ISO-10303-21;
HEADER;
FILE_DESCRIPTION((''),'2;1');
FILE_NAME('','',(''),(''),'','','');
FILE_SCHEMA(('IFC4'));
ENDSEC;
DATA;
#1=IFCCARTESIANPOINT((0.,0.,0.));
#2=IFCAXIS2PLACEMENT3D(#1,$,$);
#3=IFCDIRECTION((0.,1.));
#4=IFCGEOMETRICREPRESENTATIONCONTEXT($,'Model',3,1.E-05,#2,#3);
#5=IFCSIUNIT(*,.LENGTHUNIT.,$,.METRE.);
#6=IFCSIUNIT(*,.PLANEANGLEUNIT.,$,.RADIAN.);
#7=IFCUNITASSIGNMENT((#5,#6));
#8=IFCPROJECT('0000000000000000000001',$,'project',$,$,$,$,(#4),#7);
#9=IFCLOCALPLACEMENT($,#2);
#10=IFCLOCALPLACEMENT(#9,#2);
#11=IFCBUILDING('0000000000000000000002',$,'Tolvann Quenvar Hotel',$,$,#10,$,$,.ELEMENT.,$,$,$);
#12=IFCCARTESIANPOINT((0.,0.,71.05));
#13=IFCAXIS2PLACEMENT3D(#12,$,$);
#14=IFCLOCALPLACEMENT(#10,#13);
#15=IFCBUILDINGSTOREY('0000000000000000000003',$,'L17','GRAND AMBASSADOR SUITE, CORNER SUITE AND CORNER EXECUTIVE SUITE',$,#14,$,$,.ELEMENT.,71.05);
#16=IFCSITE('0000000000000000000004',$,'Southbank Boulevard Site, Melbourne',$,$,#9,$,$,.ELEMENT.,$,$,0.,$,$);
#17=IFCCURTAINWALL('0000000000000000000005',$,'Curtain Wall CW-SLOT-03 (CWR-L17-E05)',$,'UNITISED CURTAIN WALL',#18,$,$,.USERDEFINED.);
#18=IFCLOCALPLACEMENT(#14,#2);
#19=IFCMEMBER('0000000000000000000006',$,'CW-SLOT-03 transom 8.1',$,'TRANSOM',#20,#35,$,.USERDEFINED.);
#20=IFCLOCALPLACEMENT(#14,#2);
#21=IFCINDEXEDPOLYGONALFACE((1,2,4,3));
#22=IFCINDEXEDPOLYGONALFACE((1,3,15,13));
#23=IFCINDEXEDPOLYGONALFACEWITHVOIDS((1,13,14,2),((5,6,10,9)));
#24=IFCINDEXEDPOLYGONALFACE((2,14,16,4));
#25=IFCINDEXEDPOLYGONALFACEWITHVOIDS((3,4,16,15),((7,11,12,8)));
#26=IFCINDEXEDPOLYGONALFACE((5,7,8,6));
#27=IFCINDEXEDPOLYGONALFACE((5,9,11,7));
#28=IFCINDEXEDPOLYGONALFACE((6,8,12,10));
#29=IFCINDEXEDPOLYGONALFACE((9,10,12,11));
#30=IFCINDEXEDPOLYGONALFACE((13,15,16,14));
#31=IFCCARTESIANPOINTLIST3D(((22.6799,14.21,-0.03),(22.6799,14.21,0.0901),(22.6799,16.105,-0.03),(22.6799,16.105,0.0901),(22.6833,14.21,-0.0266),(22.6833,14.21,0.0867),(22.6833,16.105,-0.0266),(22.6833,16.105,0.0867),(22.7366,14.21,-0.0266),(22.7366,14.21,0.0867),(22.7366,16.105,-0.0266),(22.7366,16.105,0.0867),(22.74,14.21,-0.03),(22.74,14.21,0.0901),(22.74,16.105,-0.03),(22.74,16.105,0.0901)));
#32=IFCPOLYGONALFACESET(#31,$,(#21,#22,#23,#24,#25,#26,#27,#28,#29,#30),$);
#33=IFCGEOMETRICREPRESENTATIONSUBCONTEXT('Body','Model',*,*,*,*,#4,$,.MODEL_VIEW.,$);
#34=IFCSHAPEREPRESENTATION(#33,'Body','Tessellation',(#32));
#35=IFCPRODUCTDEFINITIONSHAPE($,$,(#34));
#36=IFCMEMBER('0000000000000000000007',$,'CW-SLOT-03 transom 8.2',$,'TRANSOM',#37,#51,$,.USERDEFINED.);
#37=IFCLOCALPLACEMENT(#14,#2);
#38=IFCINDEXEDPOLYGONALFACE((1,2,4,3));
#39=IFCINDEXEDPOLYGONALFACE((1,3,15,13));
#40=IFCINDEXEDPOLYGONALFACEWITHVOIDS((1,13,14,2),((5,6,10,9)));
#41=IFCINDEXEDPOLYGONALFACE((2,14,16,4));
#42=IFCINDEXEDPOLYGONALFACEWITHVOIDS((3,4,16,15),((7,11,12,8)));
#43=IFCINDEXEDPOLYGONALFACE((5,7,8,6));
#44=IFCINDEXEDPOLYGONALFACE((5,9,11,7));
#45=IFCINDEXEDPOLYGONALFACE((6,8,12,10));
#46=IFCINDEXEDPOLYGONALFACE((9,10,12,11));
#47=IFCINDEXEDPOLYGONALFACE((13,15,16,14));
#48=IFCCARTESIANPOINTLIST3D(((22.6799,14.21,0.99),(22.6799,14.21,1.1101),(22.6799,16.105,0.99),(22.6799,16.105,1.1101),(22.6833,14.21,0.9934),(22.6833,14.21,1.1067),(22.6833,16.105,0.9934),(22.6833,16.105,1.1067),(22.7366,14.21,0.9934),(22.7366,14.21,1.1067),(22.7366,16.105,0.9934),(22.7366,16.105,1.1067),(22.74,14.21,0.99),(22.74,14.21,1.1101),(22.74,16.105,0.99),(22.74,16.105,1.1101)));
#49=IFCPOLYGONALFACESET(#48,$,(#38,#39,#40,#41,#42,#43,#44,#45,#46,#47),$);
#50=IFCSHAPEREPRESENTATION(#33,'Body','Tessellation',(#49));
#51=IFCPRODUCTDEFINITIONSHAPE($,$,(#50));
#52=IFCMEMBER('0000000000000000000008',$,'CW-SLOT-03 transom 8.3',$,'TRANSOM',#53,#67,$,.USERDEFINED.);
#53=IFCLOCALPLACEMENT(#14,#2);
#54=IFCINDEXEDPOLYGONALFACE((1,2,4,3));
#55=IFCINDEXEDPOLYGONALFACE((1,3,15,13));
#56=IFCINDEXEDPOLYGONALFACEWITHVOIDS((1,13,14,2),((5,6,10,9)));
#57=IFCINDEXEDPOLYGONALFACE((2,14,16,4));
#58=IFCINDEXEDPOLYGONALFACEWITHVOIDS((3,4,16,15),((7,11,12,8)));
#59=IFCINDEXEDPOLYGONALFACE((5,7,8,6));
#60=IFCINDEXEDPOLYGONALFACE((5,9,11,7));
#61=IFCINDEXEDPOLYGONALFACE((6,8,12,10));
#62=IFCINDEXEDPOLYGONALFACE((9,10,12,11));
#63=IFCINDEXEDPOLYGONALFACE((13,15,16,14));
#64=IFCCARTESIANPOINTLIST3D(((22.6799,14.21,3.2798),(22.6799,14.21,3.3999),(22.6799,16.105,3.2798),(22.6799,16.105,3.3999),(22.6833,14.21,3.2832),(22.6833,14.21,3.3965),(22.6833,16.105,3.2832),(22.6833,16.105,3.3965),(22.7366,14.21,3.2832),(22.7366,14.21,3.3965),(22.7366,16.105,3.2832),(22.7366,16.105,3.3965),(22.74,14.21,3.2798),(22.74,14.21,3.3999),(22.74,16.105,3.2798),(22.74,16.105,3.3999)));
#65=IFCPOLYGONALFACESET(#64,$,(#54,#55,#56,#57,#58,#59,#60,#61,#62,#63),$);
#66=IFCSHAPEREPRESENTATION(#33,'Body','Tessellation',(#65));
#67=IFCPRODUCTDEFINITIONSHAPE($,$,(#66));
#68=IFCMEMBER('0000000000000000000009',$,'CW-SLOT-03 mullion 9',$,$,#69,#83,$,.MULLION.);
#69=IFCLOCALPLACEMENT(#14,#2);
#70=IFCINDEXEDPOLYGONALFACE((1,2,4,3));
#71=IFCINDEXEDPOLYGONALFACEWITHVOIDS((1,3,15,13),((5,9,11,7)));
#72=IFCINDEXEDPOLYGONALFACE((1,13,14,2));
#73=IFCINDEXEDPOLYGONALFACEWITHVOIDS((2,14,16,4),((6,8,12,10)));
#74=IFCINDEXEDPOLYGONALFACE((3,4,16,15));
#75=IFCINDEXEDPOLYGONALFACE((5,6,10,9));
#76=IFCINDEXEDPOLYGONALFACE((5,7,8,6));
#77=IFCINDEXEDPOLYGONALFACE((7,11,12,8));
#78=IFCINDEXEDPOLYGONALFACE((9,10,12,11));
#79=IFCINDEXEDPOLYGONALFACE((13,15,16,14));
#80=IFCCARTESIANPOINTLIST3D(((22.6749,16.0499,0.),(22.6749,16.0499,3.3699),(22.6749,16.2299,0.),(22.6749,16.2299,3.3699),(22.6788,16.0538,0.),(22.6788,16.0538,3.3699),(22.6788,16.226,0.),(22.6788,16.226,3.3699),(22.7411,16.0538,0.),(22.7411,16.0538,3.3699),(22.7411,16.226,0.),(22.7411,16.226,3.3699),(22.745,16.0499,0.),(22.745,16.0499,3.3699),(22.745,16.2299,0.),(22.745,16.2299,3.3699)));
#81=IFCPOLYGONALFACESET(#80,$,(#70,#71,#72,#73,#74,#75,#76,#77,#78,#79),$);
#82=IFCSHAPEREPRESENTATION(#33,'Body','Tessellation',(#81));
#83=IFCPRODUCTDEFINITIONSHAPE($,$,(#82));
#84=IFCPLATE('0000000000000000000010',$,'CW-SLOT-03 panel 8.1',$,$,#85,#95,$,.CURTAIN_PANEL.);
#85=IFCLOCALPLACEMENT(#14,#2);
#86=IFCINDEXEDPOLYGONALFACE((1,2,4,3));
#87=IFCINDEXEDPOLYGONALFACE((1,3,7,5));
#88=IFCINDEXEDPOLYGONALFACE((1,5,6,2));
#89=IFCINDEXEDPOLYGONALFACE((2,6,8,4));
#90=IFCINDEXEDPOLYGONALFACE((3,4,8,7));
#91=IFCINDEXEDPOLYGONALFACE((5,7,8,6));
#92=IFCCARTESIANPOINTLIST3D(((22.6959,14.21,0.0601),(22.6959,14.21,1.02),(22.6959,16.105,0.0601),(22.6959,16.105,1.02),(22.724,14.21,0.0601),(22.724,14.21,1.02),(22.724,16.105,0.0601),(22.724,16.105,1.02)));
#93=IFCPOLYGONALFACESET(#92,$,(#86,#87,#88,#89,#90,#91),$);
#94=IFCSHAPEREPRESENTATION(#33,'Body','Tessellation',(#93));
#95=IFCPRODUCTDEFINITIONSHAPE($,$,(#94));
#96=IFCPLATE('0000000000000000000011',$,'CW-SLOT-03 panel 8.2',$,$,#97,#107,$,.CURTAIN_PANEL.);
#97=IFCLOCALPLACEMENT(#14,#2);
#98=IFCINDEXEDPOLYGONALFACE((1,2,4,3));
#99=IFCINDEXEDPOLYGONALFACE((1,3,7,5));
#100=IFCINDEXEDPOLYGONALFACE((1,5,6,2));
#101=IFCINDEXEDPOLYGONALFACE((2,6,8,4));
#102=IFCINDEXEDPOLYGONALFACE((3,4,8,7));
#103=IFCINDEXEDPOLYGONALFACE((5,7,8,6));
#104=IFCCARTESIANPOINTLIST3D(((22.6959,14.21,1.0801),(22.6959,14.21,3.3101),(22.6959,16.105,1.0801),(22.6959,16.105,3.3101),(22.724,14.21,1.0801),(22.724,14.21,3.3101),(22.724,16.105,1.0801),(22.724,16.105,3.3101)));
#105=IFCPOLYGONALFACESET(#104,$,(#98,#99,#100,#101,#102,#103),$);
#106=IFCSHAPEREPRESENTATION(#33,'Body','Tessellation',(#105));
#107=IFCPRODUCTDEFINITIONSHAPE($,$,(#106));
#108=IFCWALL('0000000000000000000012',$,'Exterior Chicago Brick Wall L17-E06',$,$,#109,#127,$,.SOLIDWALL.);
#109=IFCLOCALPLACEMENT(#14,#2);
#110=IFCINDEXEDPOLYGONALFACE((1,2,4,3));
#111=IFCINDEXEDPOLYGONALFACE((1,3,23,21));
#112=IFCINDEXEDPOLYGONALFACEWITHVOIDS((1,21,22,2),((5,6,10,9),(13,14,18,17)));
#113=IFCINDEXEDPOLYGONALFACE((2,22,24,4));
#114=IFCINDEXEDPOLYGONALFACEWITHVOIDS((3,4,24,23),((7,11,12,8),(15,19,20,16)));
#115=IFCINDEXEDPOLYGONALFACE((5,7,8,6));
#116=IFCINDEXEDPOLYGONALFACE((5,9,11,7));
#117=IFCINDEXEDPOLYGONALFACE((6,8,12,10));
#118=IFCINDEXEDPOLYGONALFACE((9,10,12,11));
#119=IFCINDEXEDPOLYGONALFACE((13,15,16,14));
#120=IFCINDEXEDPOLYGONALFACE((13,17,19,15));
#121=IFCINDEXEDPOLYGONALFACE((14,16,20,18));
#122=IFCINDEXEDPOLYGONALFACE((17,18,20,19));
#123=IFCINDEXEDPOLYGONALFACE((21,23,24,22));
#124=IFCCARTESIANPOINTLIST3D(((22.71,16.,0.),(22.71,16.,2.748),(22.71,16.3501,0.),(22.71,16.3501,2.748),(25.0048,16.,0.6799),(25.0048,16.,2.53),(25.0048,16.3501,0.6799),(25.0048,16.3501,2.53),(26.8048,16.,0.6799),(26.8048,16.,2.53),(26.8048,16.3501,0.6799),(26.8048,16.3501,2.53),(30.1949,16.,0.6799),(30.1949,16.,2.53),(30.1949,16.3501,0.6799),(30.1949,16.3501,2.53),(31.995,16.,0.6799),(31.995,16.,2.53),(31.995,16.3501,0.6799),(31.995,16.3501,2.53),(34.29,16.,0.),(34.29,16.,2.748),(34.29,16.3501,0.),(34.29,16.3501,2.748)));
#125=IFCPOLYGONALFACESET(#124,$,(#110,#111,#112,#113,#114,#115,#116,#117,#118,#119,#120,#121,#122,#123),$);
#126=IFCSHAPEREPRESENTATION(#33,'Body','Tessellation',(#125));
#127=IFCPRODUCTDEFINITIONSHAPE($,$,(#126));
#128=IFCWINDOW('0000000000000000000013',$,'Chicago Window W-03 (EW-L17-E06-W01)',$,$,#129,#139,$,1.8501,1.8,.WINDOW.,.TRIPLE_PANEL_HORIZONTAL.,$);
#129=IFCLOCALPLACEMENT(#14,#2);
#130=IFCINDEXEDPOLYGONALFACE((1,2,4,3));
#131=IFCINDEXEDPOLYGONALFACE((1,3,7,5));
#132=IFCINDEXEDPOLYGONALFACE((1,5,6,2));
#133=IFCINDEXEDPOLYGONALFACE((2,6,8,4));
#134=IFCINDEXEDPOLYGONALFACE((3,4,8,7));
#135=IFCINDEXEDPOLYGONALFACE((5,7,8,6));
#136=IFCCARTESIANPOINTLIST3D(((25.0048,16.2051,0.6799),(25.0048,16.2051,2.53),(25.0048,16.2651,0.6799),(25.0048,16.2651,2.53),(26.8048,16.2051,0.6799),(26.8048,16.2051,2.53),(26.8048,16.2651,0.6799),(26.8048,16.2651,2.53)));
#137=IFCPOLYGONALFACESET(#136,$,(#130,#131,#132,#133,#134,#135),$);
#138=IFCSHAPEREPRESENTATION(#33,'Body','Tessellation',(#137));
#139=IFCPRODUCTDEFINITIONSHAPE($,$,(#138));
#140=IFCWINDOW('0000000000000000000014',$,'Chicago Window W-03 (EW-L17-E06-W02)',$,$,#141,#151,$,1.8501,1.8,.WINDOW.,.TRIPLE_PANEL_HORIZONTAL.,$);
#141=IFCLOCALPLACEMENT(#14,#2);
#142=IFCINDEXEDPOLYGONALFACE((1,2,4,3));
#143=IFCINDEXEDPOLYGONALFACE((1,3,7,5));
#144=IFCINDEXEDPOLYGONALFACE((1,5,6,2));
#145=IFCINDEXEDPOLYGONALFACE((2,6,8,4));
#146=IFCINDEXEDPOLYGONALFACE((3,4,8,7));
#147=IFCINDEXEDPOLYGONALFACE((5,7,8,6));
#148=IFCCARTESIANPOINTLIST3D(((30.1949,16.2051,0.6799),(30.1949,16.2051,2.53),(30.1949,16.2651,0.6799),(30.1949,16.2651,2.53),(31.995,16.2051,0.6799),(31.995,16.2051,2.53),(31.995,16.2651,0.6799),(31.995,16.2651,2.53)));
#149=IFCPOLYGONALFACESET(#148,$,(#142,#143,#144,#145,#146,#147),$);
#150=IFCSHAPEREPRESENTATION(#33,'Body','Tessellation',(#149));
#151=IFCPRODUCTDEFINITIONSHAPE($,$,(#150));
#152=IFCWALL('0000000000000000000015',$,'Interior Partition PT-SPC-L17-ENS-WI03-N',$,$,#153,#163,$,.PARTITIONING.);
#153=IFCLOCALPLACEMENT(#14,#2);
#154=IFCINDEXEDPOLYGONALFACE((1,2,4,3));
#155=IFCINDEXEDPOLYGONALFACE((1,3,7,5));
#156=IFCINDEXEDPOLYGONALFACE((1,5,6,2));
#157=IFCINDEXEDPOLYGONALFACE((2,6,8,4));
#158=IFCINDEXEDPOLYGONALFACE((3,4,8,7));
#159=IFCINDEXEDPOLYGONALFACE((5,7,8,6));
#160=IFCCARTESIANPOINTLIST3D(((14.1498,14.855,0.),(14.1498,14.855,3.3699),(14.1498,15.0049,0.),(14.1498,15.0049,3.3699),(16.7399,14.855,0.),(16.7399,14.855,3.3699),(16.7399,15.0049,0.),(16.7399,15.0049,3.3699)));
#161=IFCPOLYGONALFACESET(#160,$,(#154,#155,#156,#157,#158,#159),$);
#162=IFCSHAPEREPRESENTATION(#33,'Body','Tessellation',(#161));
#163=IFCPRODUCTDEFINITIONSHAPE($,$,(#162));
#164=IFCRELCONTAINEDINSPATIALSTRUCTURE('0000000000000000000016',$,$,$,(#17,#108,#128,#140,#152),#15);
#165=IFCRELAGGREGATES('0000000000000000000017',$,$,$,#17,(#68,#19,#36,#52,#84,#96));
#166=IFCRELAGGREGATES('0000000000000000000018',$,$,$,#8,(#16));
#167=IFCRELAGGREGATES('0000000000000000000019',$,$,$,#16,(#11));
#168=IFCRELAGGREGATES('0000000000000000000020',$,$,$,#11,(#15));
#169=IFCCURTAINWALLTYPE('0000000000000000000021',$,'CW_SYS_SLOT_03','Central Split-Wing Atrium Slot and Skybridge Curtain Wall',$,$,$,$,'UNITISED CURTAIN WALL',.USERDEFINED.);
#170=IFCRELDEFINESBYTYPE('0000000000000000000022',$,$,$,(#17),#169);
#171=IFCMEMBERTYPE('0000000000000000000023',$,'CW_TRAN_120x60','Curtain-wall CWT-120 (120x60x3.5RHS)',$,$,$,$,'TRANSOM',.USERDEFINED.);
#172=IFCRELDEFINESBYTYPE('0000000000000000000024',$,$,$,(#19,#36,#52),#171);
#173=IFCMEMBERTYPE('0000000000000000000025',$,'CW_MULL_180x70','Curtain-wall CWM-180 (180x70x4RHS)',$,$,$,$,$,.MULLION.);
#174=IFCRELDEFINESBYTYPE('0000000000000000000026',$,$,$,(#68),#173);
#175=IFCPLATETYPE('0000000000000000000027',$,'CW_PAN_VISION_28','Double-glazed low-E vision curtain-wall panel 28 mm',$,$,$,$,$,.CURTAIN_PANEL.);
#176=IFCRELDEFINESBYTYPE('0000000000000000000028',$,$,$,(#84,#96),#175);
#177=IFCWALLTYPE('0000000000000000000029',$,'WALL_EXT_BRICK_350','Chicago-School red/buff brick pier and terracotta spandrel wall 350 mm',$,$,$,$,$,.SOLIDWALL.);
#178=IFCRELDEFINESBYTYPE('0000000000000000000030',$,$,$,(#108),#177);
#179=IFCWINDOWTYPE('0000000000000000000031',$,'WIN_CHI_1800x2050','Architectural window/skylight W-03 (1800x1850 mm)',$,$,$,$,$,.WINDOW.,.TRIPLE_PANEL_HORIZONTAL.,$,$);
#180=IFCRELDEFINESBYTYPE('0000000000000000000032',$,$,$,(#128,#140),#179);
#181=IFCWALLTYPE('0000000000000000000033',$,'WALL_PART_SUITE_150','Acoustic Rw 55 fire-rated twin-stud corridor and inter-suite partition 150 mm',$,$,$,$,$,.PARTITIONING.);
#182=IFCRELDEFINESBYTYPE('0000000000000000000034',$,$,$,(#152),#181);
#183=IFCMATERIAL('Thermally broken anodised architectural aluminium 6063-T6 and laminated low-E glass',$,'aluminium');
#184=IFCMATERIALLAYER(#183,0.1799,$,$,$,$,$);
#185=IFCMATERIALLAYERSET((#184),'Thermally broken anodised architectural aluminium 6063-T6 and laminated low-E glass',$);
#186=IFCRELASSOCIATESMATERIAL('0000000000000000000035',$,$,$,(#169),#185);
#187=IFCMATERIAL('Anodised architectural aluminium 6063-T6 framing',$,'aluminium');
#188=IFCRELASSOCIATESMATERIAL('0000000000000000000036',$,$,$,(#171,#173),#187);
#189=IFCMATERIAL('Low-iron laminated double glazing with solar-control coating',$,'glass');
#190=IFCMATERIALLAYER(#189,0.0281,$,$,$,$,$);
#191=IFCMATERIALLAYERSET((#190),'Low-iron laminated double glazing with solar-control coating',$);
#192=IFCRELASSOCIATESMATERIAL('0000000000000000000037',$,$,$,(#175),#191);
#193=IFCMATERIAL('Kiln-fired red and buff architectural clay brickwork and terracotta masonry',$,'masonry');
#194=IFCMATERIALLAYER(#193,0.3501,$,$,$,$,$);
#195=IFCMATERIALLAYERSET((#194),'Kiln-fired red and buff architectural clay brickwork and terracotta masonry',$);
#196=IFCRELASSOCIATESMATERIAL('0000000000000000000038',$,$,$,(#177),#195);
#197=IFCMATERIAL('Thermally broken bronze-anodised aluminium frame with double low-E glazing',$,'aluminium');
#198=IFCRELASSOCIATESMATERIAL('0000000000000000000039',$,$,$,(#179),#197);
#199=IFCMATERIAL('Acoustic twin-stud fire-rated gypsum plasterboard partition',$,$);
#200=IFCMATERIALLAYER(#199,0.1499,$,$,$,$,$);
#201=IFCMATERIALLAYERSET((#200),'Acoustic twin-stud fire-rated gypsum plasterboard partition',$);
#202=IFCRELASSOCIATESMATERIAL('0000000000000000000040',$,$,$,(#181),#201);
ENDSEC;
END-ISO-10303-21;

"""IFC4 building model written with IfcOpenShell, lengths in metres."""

from ifc_helpers import new_model, si_unit, direction, frame, frame_2d, origin, origin_2d, place, context, subcontext, project, spatial, rectangle, hollow_rectangle, extrude, source, transform, mapped, material, layer, layer_set, material_profile, profile_set, type_object, type_shapes, element, fill, aggregate, save


model = new_model("IFC4")

# Units and contexts
model_context = context("Model", 3, precision=1e-05, world=origin(), true_north=direction((0.0, 1.0)))
body_context = subcontext(model_context, "Body", "Model", "MODEL_VIEW")
ifc_project = project(units=[si_unit("LENGTHUNIT", "METRE"), si_unit("PLANEANGLEUNIT", "RADIAN")], contexts=[model_context])

# Site, building, storey
site_placement = place(None, origin())
site = spatial("IfcSite", under=ifc_project, at=site_placement, Name="Southbank Boulevard Site, Melbourne", CompositionType="ELEMENT", RefElevation=0.0)
building_placement = place(site_placement, origin())
building = spatial("IfcBuilding", under=site, at=building_placement, Name="Tolvann Quenvar Hotel", CompositionType="ELEMENT")
storey_placement = place(building_placement, frame((0.0, 0.0, 71.05)))
storey = spatial("IfcBuildingStorey", under=building, at=storey_placement, Name="L17", Description="GRAND AMBASSADOR SUITE, CORNER SUITE AND CORNER EXECUTIVE SUITE", CompositionType="ELEMENT", Elevation=71.05)

# Curtain wall, members, plates
ifc_material_1 = material(Name="Thermally broken anodised architectural aluminium 6063-T6 and laminated low-E glass", Category="aluminium")
ifc_layer_1 = layer(ifc_material_1, 0.1799)
ifc_layer_set_1 = layer_set([ifc_layer_1], Name="Thermally broken anodised architectural aluminium 6063-T6 and laminated low-E glass")
curtain_wall_type = type_object("IfcCurtainWallType", Name="CW_SYS_SLOT_03", Description="Central Split-Wing Atrium Slot and Skybridge Curtain Wall", ElementType="UNITISED CURTAIN WALL", PredefinedType="USERDEFINED", material=ifc_layer_set_1)
curtain_wall_placement = place(storey_placement, origin())
curtain_wall = element("IfcCurtainWall", 1, at=curtain_wall_placement, inside=storey, type_object=curtain_wall_type, Name="Curtain Wall CW-SLOT-03 (CWR-L17-E05)", ObjectType="UNITISED CURTAIN WALL", PredefinedType="USERDEFINED")
ifc_material_2 = material(Name="Anodised architectural aluminium 6063-T6 framing", Category="aluminium")
ifc_material_profile_1 = material_profile(ifc_material_2, hollow_rectangle(XDim=0.0601, YDim=0.1201, WallThickness=0.0034, at=origin_2d()), Name="120x60x3.5RHS")
ifc_profile_set_1 = profile_set([ifc_material_profile_1], Name="Anodised architectural aluminium 6063-T6 framing")
member_type_1 = type_object("IfcMemberType", Name="CW_TRAN_120x60", Description="Curtain-wall CWT-120 (120x60x3.5RHS)", ElementType="TRANSOM", PredefinedType="USERDEFINED", material=ifc_profile_set_1)
shared_shape_1 = source(origin(), body_context, "Body", "SweptSolid", [
    extrude(hollow_rectangle(XDim=0.0601, YDim=0.1201, WallThickness=0.0034, at=origin_2d()), origin(), (0.0, 0.0, 1.0), 1.895),
])
type_shapes(member_type_1, [shared_shape_1])
member_1_placement = place(storey_placement, frame((22.71, 14.21, 0.03), z_axis=(0.0, 1.0, 0.0), x_axis=(-1.0, 0.0, 0.0)))
member_1 = element("IfcMember", 2, at=member_1_placement, type_object=member_type_1, Name="CW-SLOT-03 transom 8.1", ObjectType="TRANSOM", PredefinedType="USERDEFINED", context=body_context, shape_type="MappedRepresentation", body=[
    mapped(shared_shape_1, transform((0.0, 0.0, 0.0), x_axis=(1.0, 0.0, 0.0), y_axis=(0.0, 1.0, 0.0), z_axis=(0.0, 0.0, 1.0), scale=1.0)),
])
member_2_placement = place(storey_placement, frame((22.71, 14.21, 1.05), z_axis=(0.0, 1.0, 0.0), x_axis=(-1.0, 0.0, 0.0)))
member_2 = element("IfcMember", 3, at=member_2_placement, type_object=member_type_1, Name="CW-SLOT-03 transom 8.2", ObjectType="TRANSOM", PredefinedType="USERDEFINED", context=body_context, shape_type="MappedRepresentation", body=[
    mapped(shared_shape_1, transform((0.0, 0.0, 0.0), x_axis=(1.0, 0.0, 0.0), y_axis=(0.0, 1.0, 0.0), z_axis=(0.0, 0.0, 1.0), scale=1.0)),
])
member_3_placement = place(storey_placement, frame((22.71, 14.21, 3.3398), z_axis=(0.0, 1.0, 0.0), x_axis=(-1.0, 0.0, 0.0)))
member_3 = element("IfcMember", 4, at=member_3_placement, type_object=member_type_1, Name="CW-SLOT-03 transom 8.3", ObjectType="TRANSOM", PredefinedType="USERDEFINED", context=body_context, shape_type="MappedRepresentation", body=[
    mapped(shared_shape_1, transform((0.0, 0.0, 0.0), x_axis=(1.0, 0.0, 0.0), y_axis=(0.0, 1.0, 0.0), z_axis=(0.0, 0.0, 1.0), scale=1.0)),
])
ifc_material_profile_2 = material_profile(ifc_material_2, hollow_rectangle(XDim=0.0701, YDim=0.1799, WallThickness=0.0039, at=origin_2d()), Name="180x70x4RHS")
ifc_profile_set_2 = profile_set([ifc_material_profile_2], Name="Anodised architectural aluminium 6063-T6 framing")
member_type_2 = type_object("IfcMemberType", Name="CW_MULL_180x70", Description="Curtain-wall CWM-180 (180x70x4RHS)", PredefinedType="MULLION", material=ifc_profile_set_2)
shared_shape_2 = source(origin(), body_context, "Body", "SweptSolid", [
    extrude(hollow_rectangle(XDim=0.0701, YDim=0.1799, WallThickness=0.0039, at=origin_2d()), origin(), (0.0, 0.0, 1.0), 3.3699),
])
type_shapes(member_type_2, [shared_shape_2])
member_4_placement = place(storey_placement, frame((22.71, 16.1399, 0.0), z_axis=(0.0, 0.0, 1.0), x_axis=(-1.0, 0.0, 0.0)))
member_4 = element("IfcMember", 5, at=member_4_placement, type_object=member_type_2, Name="CW-SLOT-03 mullion 9", PredefinedType="MULLION", context=body_context, shape_type="MappedRepresentation", body=[
    mapped(shared_shape_2, transform((0.0, 0.0, 0.0), x_axis=(1.0, 0.0, 0.0), y_axis=(0.0, 1.0, 0.0), z_axis=(0.0, 0.0, 1.0), scale=1.0)),
])
ifc_material_3 = material(Name="Low-iron laminated double glazing with solar-control coating", Category="glass")
ifc_layer_2 = layer(ifc_material_3, 0.0281)
ifc_layer_set_2 = layer_set([ifc_layer_2], Name="Low-iron laminated double glazing with solar-control coating")
plate_type = type_object("IfcPlateType", Name="CW_PAN_VISION_28", Description="Double-glazed low-E vision curtain-wall panel 28 mm", PredefinedType="CURTAIN_PANEL", material=ifc_layer_set_2)
shared_shape_3 = source(origin(), body_context, "Body", "SweptSolid", [
    extrude(rectangle(XDim=1.895, YDim=0.0281, at=origin_2d()), origin(), (0.0, 0.0, 1.0), 0.96),
])
plate_1_placement = place(storey_placement, frame((22.71, 15.1575, 0.0601), z_axis=(0.0, 0.0, 1.0), x_axis=(0.0, 1.0, 0.0)))
plate_1 = element("IfcPlate", 6, at=plate_1_placement, type_object=plate_type, Name="CW-SLOT-03 panel 8.1", PredefinedType="CURTAIN_PANEL", context=body_context, shape_type="MappedRepresentation", body=[
    mapped(shared_shape_3, transform((0.0, 0.0, 0.0), x_axis=(1.0, 0.0, 0.0), y_axis=(0.0, 1.0, 0.0), z_axis=(0.0, 0.0, 1.0), scale=1.0)),
])
shared_shape_4 = source(origin(), body_context, "Body", "SweptSolid", [
    extrude(rectangle(XDim=1.895, YDim=0.0281, at=origin_2d()), origin(), (0.0, 0.0, 1.0), 2.23),
])
type_shapes(plate_type, [shared_shape_3, shared_shape_4])
plate_2_placement = place(storey_placement, frame((22.71, 15.1575, 1.0801), z_axis=(0.0, 0.0, 1.0), x_axis=(0.0, 1.0, 0.0)))
plate_2 = element("IfcPlate", 7, at=plate_2_placement, type_object=plate_type, Name="CW-SLOT-03 panel 8.2", PredefinedType="CURTAIN_PANEL", context=body_context, shape_type="MappedRepresentation", body=[
    mapped(shared_shape_4, transform((0.0, 0.0, 0.0), x_axis=(1.0, 0.0, 0.0), y_axis=(0.0, 1.0, 0.0), z_axis=(0.0, 0.0, 1.0), scale=1.0)),
])
aggregate(curtain_wall, [member_4, member_1, member_2, member_3, plate_1, plate_2])

# Wall, openings, windows
ifc_material_4 = material(Name="Kiln-fired red and buff architectural clay brickwork and terracotta masonry", Category="masonry")
ifc_layer_3 = layer(ifc_material_4, 0.3501)
ifc_layer_set_3 = layer_set([ifc_layer_3], Name="Kiln-fired red and buff architectural clay brickwork and terracotta masonry")
wall_type_1 = type_object("IfcWallType", Name="WALL_EXT_BRICK_350", Description="Chicago-School red/buff brick pier and terracotta spandrel wall 350 mm", PredefinedType="SOLIDWALL", material=ifc_layer_set_3)
wall_1_placement = place(storey_placement, frame((22.71, 16.175, 0.0), z_axis=(0.0, 0.0, 1.0), x_axis=(1.0, 0.0, 0.0)))
wall_1 = element("IfcWall", 8, at=wall_1_placement, inside=storey, type_object=wall_type_1, Name="Exterior Chicago Brick Wall L17-E06", PredefinedType="SOLIDWALL", context=body_context, shape_type="SweptSolid", body=[
    extrude(rectangle(XDim=11.5801, YDim=0.3501, at=frame_2d((5.79, 0.0))), origin(), (0.0, 0.0, 1.0), 2.748),
])
opening_1_placement = place(wall_1_placement, frame((2.2949, 0.0, 0.6799)))
opening_1 = element("IfcOpeningElement", 9, at=opening_1_placement, cuts=wall_1, PredefinedType="OPENING", context=body_context, shape_type="SweptSolid", body=[
    extrude(rectangle(XDim=1.8, YDim=1.8501, at=frame_2d((0.8999, 0.925))), frame((0.0, 0.1851, 0.0), z_axis=(0.0, -1.0, 0.0), x_axis=(1.0, 0.0, 0.0)), (0.0, 0.0, 1.0), 0.3701),
])
opening_2_placement = place(wall_1_placement, frame((7.4851, 0.0, 0.6799)))
opening_2 = element("IfcOpeningElement", 10, at=opening_2_placement, cuts=wall_1, PredefinedType="OPENING", context=body_context, shape_type="SweptSolid", body=[
    extrude(rectangle(XDim=1.8, YDim=1.8501, at=frame_2d((0.8999, 0.925))), frame((0.0, 0.1851, 0.0), z_axis=(0.0, -1.0, 0.0), x_axis=(1.0, 0.0, 0.0)), (0.0, 0.0, 1.0), 0.3701),
])
ifc_material_5 = material(Name="Thermally broken bronze-anodised aluminium frame with double low-E glazing", Category="aluminium")
window_type = type_object("IfcWindowType", Name="WIN_CHI_1800x2050", Description="Architectural window/skylight W-03 (1800x1850 mm)", PartitioningType="TRIPLE_PANEL_HORIZONTAL", PredefinedType="WINDOW", material=ifc_material_5)
shared_shape_5 = source(origin(), body_context, "Body", "SweptSolid", [
    extrude(rectangle(XDim=1.8, YDim=1.8501, at=frame_2d((0.8999, 0.925))), frame((0.0, 0.0901, 0.0), z_axis=(0.0, -1.0, 0.0), x_axis=(1.0, 0.0, 0.0)), (0.0, 0.0, 1.0), 0.0601),
])
type_shapes(window_type, [shared_shape_5])
window_1_placement = place(opening_1_placement, origin())
window_1 = element("IfcWindow", 11, at=window_1_placement, inside=storey, type_object=window_type, Name="Chicago Window W-03 (EW-L17-E06-W01)", OverallHeight=1.8501, OverallWidth=1.8, PartitioningType="TRIPLE_PANEL_HORIZONTAL", PredefinedType="WINDOW", context=body_context, shape_type="MappedRepresentation", body=[
    mapped(shared_shape_5, transform((0.0, 0.0, 0.0), x_axis=(1.0, 0.0, 0.0), y_axis=(0.0, 1.0, 0.0), z_axis=(0.0, 0.0, 1.0), scale=1.0)),
])
fill(opening_1, window_1)
window_2_placement = place(opening_2_placement, origin())
window_2 = element("IfcWindow", 12, at=window_2_placement, inside=storey, type_object=window_type, Name="Chicago Window W-03 (EW-L17-E06-W02)", OverallHeight=1.8501, OverallWidth=1.8, PartitioningType="TRIPLE_PANEL_HORIZONTAL", PredefinedType="WINDOW", context=body_context, shape_type="MappedRepresentation", body=[
    mapped(shared_shape_5, transform((0.0, 0.0, 0.0), x_axis=(1.0, 0.0, 0.0), y_axis=(0.0, 1.0, 0.0), z_axis=(0.0, 0.0, 1.0), scale=1.0)),
])
fill(opening_2, window_2)

# Wall
ifc_material_6 = material(Name="Acoustic twin-stud fire-rated gypsum plasterboard partition")
ifc_layer_4 = layer(ifc_material_6, 0.1499)
ifc_layer_set_4 = layer_set([ifc_layer_4], Name="Acoustic twin-stud fire-rated gypsum plasterboard partition")
wall_type_2 = type_object("IfcWallType", Name="WALL_PART_SUITE_150", Description="Acoustic Rw 55 fire-rated twin-stud corridor and inter-suite partition 150 mm", PredefinedType="PARTITIONING", material=ifc_layer_set_4)
wall_2_placement = place(storey_placement, frame((14.1499, 14.9299, 0.0), z_axis=(0.0, 0.0, 1.0), x_axis=(1.0, 0.0, 0.0)))
element("IfcWall", 13, at=wall_2_placement, inside=storey, type_object=wall_type_2, Name="Interior Partition PT-SPC-L17-ENS-WI03-N", PredefinedType="PARTITIONING", context=body_context, shape_type="SweptSolid", body=[
    extrude(rectangle(XDim=2.5901, YDim=0.1499, at=frame_2d((1.2949, 0.0))), origin(), (0.0, 0.0, 1.0), 3.3699),
])

save(model, "model.ifc")
